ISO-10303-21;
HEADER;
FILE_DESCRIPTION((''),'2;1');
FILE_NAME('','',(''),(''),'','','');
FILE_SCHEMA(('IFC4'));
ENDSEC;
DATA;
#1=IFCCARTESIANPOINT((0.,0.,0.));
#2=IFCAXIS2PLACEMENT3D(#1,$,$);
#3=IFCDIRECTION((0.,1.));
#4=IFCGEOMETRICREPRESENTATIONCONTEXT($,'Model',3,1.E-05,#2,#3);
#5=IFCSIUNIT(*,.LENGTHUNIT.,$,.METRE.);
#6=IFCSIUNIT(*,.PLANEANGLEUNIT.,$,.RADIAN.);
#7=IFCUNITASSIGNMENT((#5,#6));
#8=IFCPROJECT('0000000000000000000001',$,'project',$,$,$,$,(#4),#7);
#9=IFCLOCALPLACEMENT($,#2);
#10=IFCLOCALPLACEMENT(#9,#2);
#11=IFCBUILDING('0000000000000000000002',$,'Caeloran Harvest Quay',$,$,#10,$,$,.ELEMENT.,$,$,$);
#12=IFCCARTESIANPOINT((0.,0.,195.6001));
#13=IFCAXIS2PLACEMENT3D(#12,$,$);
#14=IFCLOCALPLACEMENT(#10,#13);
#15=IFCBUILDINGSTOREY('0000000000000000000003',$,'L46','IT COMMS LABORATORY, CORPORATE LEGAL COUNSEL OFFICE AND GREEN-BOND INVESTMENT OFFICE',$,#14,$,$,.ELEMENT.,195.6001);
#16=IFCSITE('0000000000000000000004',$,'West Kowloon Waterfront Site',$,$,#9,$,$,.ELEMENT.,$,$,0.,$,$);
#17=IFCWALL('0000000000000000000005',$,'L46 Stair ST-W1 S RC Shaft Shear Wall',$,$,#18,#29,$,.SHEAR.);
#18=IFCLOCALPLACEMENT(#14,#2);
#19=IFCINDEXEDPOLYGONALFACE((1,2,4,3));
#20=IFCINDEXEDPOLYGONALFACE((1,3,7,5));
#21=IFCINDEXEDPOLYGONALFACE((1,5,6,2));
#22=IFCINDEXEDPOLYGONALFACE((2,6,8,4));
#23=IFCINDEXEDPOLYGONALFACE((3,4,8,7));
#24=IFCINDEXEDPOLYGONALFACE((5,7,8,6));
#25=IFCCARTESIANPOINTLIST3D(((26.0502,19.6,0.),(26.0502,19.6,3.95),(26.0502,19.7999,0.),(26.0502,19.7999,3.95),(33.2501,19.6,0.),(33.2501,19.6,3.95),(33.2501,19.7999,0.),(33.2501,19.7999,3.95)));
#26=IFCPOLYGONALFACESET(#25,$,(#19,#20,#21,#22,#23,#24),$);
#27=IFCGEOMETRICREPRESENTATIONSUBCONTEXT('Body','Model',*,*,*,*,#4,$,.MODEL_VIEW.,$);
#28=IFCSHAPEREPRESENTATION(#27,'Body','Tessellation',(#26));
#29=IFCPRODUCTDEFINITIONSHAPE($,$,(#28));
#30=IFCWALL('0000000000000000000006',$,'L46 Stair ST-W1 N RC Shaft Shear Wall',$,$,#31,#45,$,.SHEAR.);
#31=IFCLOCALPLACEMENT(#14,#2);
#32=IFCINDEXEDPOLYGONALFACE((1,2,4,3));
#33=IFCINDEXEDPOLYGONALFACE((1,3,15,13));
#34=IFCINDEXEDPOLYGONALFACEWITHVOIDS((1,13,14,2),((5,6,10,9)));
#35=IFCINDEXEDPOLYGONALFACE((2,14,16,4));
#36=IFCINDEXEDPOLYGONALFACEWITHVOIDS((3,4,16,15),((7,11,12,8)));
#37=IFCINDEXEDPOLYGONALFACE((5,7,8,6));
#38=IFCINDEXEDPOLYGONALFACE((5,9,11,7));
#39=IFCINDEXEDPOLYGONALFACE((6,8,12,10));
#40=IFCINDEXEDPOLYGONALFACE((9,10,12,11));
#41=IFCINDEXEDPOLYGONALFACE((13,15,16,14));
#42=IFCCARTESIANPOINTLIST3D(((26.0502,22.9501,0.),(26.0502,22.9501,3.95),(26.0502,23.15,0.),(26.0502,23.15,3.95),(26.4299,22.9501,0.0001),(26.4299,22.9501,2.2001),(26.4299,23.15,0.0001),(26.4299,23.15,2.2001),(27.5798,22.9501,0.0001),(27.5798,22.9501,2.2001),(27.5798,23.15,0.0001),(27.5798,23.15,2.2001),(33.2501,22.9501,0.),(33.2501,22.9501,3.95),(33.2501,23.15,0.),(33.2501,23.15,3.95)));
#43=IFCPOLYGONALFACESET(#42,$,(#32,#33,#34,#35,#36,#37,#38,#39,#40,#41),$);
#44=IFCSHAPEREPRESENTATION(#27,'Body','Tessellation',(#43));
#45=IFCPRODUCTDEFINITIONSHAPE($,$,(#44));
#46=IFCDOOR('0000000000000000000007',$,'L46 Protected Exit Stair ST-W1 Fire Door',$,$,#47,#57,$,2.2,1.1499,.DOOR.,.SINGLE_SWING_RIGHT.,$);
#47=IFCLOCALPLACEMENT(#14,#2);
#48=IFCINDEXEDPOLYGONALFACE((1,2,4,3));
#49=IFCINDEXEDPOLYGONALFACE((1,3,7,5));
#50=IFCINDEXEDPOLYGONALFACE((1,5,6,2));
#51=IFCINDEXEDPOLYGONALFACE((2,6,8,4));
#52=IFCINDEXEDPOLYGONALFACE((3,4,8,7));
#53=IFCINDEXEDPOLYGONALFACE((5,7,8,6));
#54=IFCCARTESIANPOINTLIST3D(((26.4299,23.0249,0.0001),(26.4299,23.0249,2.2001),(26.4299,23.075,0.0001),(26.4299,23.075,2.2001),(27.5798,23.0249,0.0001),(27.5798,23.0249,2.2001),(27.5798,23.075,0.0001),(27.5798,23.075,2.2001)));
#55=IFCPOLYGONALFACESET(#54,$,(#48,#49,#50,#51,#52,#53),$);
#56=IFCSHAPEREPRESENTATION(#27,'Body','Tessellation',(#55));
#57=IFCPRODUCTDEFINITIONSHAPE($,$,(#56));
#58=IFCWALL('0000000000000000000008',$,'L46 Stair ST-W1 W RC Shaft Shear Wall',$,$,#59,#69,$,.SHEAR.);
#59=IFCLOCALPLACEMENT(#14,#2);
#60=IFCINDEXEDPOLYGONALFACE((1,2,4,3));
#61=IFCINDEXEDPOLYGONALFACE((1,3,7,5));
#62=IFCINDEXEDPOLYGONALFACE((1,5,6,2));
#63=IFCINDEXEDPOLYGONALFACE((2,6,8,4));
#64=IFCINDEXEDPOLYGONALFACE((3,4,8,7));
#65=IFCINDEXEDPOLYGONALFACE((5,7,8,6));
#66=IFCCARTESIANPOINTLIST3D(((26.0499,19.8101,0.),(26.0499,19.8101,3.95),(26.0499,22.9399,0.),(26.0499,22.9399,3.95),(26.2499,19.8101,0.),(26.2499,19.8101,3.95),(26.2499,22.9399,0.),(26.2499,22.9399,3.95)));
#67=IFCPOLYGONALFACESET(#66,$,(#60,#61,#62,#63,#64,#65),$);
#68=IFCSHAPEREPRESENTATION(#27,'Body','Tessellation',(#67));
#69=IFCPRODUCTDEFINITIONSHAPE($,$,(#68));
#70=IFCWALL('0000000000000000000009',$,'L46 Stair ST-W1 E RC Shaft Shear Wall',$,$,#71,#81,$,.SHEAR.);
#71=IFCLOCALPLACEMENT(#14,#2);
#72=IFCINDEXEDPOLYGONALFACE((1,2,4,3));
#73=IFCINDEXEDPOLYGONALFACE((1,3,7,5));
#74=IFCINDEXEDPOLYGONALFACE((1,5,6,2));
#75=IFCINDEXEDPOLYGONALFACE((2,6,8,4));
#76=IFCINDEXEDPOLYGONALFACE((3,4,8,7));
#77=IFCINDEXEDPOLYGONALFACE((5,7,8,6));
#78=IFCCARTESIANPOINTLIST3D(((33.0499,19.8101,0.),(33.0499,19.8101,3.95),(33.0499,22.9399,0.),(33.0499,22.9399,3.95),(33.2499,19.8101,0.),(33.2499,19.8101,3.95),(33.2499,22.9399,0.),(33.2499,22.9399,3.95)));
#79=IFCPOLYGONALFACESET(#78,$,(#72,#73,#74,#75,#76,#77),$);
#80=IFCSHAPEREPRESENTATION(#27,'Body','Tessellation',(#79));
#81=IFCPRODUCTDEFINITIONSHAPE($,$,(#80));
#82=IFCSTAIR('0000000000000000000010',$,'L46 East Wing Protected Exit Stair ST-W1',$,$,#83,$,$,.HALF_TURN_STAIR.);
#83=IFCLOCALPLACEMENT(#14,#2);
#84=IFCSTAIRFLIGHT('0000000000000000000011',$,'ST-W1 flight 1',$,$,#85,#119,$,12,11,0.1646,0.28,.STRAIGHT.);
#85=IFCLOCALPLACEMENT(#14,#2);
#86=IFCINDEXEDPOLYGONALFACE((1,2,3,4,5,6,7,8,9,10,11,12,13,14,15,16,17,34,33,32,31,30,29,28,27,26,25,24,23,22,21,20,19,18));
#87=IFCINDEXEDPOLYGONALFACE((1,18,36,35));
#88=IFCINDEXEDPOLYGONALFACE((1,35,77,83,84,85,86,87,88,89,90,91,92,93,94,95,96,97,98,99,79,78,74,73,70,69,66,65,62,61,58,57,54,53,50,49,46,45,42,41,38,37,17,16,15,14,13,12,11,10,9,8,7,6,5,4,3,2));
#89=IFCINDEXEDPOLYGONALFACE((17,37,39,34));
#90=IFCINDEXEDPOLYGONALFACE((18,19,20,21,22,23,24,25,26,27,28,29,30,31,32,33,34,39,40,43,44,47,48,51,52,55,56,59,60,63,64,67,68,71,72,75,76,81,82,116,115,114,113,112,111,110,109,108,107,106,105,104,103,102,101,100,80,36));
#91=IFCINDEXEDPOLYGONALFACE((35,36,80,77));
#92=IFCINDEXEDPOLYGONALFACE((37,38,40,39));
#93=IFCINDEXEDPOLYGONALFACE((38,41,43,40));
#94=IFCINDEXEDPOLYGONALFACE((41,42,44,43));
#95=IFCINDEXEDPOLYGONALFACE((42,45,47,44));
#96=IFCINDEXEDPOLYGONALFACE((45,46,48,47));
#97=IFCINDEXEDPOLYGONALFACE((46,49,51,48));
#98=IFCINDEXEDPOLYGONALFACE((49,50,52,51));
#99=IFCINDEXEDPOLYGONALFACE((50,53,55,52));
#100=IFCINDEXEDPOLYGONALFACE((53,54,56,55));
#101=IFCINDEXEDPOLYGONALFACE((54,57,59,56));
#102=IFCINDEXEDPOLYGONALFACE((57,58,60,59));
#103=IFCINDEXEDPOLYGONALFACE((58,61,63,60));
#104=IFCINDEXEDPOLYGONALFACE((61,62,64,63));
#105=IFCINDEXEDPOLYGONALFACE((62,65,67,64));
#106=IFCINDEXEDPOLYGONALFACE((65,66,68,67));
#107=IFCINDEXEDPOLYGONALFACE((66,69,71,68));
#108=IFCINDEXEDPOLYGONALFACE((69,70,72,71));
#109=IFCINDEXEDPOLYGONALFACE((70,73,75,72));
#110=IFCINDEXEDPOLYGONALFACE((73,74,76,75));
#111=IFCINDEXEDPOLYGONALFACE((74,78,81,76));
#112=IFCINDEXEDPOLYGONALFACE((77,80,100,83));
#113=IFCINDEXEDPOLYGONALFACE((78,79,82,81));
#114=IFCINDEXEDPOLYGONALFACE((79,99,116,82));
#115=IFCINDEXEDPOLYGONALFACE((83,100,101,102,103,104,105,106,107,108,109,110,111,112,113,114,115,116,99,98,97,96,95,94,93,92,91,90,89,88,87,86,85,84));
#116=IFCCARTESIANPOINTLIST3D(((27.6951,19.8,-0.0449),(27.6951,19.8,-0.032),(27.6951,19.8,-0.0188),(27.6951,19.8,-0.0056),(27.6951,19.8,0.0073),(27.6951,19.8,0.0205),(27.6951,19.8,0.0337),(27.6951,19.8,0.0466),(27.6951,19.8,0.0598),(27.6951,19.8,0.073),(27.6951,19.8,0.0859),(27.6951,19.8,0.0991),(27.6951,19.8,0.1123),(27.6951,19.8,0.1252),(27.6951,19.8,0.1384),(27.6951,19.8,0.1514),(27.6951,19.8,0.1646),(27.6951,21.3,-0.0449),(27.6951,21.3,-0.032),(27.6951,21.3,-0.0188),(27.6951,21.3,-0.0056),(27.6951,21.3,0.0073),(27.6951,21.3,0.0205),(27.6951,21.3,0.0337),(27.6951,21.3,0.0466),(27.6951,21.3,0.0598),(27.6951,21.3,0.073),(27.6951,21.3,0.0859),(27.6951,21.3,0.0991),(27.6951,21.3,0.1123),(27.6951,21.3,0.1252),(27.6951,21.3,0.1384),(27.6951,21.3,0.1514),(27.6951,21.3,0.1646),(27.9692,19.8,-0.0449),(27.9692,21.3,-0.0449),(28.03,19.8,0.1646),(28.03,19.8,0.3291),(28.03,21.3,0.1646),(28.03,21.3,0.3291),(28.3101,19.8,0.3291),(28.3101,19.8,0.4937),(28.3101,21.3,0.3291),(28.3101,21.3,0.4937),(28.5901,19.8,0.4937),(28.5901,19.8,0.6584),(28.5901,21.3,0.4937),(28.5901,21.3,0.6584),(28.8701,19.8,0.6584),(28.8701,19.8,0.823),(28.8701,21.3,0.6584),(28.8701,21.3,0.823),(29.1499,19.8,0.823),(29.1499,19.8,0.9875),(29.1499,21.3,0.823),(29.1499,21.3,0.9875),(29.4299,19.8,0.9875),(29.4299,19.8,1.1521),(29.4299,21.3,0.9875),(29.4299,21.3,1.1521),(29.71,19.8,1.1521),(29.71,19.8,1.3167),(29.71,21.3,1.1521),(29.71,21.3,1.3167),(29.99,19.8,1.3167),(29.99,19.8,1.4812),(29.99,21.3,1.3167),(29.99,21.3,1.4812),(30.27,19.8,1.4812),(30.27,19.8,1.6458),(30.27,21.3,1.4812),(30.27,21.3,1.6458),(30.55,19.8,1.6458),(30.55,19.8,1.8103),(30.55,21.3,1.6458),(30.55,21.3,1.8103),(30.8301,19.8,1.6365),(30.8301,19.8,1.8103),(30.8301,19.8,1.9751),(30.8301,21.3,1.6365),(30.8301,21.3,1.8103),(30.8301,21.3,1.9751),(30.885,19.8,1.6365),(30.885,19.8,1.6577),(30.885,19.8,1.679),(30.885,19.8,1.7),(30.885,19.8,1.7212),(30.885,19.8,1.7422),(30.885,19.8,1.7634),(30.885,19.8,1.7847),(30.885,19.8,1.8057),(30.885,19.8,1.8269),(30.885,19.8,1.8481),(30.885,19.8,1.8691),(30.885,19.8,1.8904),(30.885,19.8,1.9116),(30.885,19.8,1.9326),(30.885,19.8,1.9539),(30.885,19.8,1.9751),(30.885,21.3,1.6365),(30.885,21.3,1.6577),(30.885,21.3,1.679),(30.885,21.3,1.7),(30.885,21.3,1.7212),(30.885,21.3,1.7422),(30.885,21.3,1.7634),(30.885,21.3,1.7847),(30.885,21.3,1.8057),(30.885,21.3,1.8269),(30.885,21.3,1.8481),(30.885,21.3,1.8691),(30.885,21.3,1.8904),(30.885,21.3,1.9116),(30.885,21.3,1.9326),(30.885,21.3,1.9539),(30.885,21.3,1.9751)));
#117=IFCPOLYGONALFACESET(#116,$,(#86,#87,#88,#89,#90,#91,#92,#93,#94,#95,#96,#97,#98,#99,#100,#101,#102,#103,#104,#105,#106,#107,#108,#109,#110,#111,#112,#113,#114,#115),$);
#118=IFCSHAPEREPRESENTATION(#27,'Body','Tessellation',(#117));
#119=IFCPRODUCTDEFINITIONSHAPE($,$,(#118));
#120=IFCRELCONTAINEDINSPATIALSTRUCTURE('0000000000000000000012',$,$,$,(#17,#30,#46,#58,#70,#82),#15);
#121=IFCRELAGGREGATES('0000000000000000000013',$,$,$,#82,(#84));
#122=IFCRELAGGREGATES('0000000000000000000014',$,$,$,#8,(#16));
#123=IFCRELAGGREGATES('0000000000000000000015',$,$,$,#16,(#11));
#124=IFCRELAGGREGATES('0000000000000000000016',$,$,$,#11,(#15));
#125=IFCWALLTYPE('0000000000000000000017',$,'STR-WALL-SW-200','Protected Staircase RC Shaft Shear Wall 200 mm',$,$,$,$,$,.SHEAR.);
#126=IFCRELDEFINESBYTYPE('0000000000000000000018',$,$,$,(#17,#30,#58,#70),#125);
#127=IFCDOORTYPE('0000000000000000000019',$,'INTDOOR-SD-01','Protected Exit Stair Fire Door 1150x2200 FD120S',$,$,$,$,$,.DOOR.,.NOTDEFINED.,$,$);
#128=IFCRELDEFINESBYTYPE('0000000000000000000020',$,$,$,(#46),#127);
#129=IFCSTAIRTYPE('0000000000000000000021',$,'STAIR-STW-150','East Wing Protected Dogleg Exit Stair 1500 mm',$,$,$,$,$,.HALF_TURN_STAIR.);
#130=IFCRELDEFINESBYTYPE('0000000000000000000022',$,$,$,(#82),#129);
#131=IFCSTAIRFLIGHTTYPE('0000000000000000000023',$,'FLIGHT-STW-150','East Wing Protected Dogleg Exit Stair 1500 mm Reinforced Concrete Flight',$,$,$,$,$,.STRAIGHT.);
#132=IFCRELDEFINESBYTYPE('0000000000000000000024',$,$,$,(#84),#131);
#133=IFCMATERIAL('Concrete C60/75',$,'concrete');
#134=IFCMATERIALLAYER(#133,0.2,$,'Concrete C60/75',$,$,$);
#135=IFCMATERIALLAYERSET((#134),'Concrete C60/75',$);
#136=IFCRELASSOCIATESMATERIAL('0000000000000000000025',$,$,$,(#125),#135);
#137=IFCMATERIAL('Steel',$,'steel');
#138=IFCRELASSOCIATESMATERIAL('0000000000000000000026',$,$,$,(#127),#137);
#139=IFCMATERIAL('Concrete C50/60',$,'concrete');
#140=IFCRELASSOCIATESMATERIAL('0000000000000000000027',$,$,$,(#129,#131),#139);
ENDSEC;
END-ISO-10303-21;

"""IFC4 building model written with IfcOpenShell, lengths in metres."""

from ifc_helpers import new_model, si_unit, direction, frame, frame_2d, origin, place, context, subcontext, project, spatial, polyline, rectangle, outline, extrude, material, layer, layer_set, type_object, element, fill, aggregate, save


model = new_model("IFC4")

# Units and contexts
model_context = context("Model", 3, precision=1e-05, world=origin(), true_north=direction((0.0, 1.0)))
body_context = subcontext(model_context, "Body", "Model", "MODEL_VIEW")
ifc_project = project(units=[si_unit("LENGTHUNIT", "METRE"), si_unit("PLANEANGLEUNIT", "RADIAN")], contexts=[model_context])

# Site, building, storey
site_placement = place(None, origin())
site = spatial("IfcSite", under=ifc_project, at=site_placement, Name="West Kowloon Waterfront Site", CompositionType="ELEMENT", RefElevation=0.0)
building_placement = place(site_placement, origin())
building = spatial("IfcBuilding", under=site, at=building_placement, Name="Caeloran Harvest Quay", CompositionType="ELEMENT")
storey_placement = place(building_placement, frame((0.0, 0.0, 195.6001)))
storey = spatial("IfcBuildingStorey", under=building, at=storey_placement, Name="L46", Description="IT COMMS LABORATORY, CORPORATE LEGAL COUNSEL OFFICE AND GREEN-BOND INVESTMENT OFFICE", CompositionType="ELEMENT", Elevation=195.6001)

# Wall
ifc_material_1 = material(Name="Concrete C60/75", Category="concrete")
ifc_layer_1 = layer(ifc_material_1, 0.2, Name="Concrete C60/75")
ifc_layer_set_1 = layer_set([ifc_layer_1], Name="Concrete C60/75")
wall_type_1 = type_object("IfcWallType", Name="STR-WALL-SW-200", Description="Protected Staircase RC Shaft Shear Wall 200 mm", PredefinedType="SHEAR", material=ifc_layer_set_1)
wall_1_placement = place(storey_placement, frame((26.05, 19.7, 0.0), z_axis=(0.0, 0.0, 1.0), x_axis=(1.0, 0.0, 0.0)))
element("IfcWall", 1, at=wall_1_placement, inside=storey, type_object=wall_type_1, Name="L46 Stair ST-W1 S RC Shaft Shear Wall", PredefinedType="SHEAR", context=body_context, shape_type="SweptSolid", body=[
    extrude(rectangle(XDim=7.2, YDim=0.2, at=frame_2d((3.6001, 0.0))), origin(), (0.0, 0.0, 1.0), 3.95),
])

# Wall, opening, door
wall_2_placement = place(storey_placement, frame((26.05, 23.05, 0.0), z_axis=(0.0, 0.0, 1.0), x_axis=(1.0, 0.0, 0.0)))
wall_2 = element("IfcWall", 2, at=wall_2_placement, inside=storey, type_object=wall_type_1, Name="L46 Stair ST-W1 N RC Shaft Shear Wall", PredefinedType="SHEAR", context=body_context, shape_type="SweptSolid", body=[
    extrude(rectangle(XDim=7.2, YDim=0.2, at=frame_2d((3.6001, 0.0))), origin(), (0.0, 0.0, 1.0), 3.95),
])
opening_1_placement = place(wall_2_placement, frame((0.3799, 0.0, 0.0)))
opening_1 = element("IfcOpeningElement", 3, at=opening_1_placement, cuts=wall_2, PredefinedType="OPENING", context=body_context, shape_type="SweptSolid", body=[
    extrude(rectangle(XDim=1.1499, YDim=2.2, at=frame_2d((0.575, 1.1001))), frame((0.0, 0.1099, 0.0), z_axis=(0.0, -1.0, 0.0), x_axis=(1.0, 0.0, 0.0)), (0.0, 0.0, 1.0), 0.22),
])
ifc_material_2 = material(Name="Steel", Category="steel")
door_type_1 = type_object("IfcDoorType", Name="INTDOOR-SD-01", Description="Protected Exit Stair Fire Door 1150x2200 FD120S", OperationType="NOTDEFINED", PredefinedType="DOOR", material=ifc_material_2)
door_1_placement = place(opening_1_placement, origin())
door_1 = element("IfcDoor", 4, at=door_1_placement, inside=storey, type_object=door_type_1, Name="L46 Protected Exit Stair ST-W1 Fire Door", OperationType="SINGLE_SWING_RIGHT", OverallHeight=2.2, OverallWidth=1.1499, PredefinedType="DOOR", context=body_context, shape_type="SweptSolid", body=[
    extrude(rectangle(XDim=1.1499, YDim=2.2, at=frame_2d((0.575, 1.1001))), frame((0.0, 0.0249, 0.0), z_axis=(0.0, -1.0, 0.0), x_axis=(1.0, 0.0, 0.0)), (0.0, 0.0, 1.0), 0.05),
])
fill(opening_1, door_1)

# Walls
for number, where, z_axis, x_axis, name in (
    (5, (26.1499, 19.8101, 0.0), (0.0, 0.0, 1.0), (0.0, 1.0, 0.0), "L46 Stair ST-W1 W RC Shaft Shear Wall"),
    (6, (33.1499, 19.8101, 0.0), (0.0, 0.0, 1.0), (0.0, 1.0, 0.0), "L46 Stair ST-W1 E RC Shaft Shear Wall"),
):
    element("IfcWall", number, at=place(storey_placement, frame(where, z_axis=z_axis, x_axis=x_axis)), inside=storey, type_object=wall_type_1, Name=name, PredefinedType="SHEAR", context=body_context, shape_type="SweptSolid", body=[
        extrude(rectangle(XDim=3.1299, YDim=0.2, at=frame_2d((1.5649, 0.0))), origin(), (0.0, 0.0, 1.0), 3.95),
    ])

# Stair, stair flight
ifc_material_3 = material(Name="Concrete C50/60", Category="concrete")
stair_type = type_object("IfcStairType", Name="STAIR-STW-150", Description="East Wing Protected Dogleg Exit Stair 1500 mm", PredefinedType="HALF_TURN_STAIR", material=ifc_material_3)
stair_placement = place(storey_placement, origin())
stair = element("IfcStair", 7, at=stair_placement, inside=storey, type_object=stair_type, Name="L46 East Wing Protected Exit Stair ST-W1", PredefinedType="HALF_TURN_STAIR")
stair_flight_type = type_object("IfcStairFlightType", Name="FLIGHT-STW-150", Description="East Wing Protected Dogleg Exit Stair 1500 mm Reinforced Concrete Flight", PredefinedType="STRAIGHT", material=ifc_material_3)
stair_flight_1_placement = place(storey_placement, frame((27.75, 20.55, 0.0), z_axis=(0.0, 0.0, 1.0), x_axis=(1.0, 0.0, 0.0)))
stair_flight_1 = element("IfcStairFlight", 8, at=stair_flight_1_placement, type_object=stair_flight_type, Name="ST-W1 flight 1", NumberOfRisers=12, NumberOfTreads=11, PredefinedType="STRAIGHT", RiserHeight=0.1646, TreadLength=0.28, context=body_context, shape_type="SweptSolid", body=[
    extrude(outline(polyline([(-0.0549, -0.0449), (-0.0549, -0.032), (-0.0549, -0.0188), (-0.0549, -0.0056), (-0.0549, 0.0073), (-0.0549, 0.0205), (-0.0549, 0.0337), (-0.0549, 0.0466), (-0.0549, 0.0598), (-0.0549, 0.073), (-0.0549, 0.0859), (-0.0549, 0.0991), (-0.0549, 0.1123), (-0.0549, 0.1252), (-0.0549, 0.1384), (-0.0549, 0.1514), (-0.0549, 0.1646), (0.28, 0.1646), (0.28, 0.3291), (0.5601, 0.3291), (0.5601, 0.4937), (0.8401, 0.4937), (0.8401, 0.6584), (1.1201, 0.6584), (1.1201, 0.823), (1.3999, 0.823), (1.3999, 0.9875), (1.6799, 0.9875), (1.6799, 1.1521), (1.96, 1.1521), (1.96, 1.3167), (2.24, 1.3167), (2.24, 1.4812), (2.52, 1.4812), (2.52, 1.6458), (2.8, 1.6458), (2.8, 1.8103), (3.0801, 1.8103), (3.0801, 1.9751), (3.135, 1.9751), (3.135, 1.9539), (3.135, 1.9326), (3.135, 1.9116), (3.135, 1.8904), (3.135, 1.8691), (3.135, 1.8481), (3.135, 1.8269), (3.135, 1.8057), (3.135, 1.7847), (3.135, 1.7634), (3.135, 1.7422), (3.135, 1.7212), (3.135, 1.7), (3.135, 1.679), (3.135, 1.6577), (3.135, 1.6365), (3.0801, 1.6365), (0.2192, -0.0449), (-0.0549, -0.0449)])), frame((0.0, 0.75, 0.0), z_axis=(0.0, -1.0, 0.0), x_axis=(1.0, 0.0, 0.0)), (0.0, 0.0, 1.0), 1.5),
])
aggregate(stair, [stair_flight_1])

save(model, "model.ifc")
